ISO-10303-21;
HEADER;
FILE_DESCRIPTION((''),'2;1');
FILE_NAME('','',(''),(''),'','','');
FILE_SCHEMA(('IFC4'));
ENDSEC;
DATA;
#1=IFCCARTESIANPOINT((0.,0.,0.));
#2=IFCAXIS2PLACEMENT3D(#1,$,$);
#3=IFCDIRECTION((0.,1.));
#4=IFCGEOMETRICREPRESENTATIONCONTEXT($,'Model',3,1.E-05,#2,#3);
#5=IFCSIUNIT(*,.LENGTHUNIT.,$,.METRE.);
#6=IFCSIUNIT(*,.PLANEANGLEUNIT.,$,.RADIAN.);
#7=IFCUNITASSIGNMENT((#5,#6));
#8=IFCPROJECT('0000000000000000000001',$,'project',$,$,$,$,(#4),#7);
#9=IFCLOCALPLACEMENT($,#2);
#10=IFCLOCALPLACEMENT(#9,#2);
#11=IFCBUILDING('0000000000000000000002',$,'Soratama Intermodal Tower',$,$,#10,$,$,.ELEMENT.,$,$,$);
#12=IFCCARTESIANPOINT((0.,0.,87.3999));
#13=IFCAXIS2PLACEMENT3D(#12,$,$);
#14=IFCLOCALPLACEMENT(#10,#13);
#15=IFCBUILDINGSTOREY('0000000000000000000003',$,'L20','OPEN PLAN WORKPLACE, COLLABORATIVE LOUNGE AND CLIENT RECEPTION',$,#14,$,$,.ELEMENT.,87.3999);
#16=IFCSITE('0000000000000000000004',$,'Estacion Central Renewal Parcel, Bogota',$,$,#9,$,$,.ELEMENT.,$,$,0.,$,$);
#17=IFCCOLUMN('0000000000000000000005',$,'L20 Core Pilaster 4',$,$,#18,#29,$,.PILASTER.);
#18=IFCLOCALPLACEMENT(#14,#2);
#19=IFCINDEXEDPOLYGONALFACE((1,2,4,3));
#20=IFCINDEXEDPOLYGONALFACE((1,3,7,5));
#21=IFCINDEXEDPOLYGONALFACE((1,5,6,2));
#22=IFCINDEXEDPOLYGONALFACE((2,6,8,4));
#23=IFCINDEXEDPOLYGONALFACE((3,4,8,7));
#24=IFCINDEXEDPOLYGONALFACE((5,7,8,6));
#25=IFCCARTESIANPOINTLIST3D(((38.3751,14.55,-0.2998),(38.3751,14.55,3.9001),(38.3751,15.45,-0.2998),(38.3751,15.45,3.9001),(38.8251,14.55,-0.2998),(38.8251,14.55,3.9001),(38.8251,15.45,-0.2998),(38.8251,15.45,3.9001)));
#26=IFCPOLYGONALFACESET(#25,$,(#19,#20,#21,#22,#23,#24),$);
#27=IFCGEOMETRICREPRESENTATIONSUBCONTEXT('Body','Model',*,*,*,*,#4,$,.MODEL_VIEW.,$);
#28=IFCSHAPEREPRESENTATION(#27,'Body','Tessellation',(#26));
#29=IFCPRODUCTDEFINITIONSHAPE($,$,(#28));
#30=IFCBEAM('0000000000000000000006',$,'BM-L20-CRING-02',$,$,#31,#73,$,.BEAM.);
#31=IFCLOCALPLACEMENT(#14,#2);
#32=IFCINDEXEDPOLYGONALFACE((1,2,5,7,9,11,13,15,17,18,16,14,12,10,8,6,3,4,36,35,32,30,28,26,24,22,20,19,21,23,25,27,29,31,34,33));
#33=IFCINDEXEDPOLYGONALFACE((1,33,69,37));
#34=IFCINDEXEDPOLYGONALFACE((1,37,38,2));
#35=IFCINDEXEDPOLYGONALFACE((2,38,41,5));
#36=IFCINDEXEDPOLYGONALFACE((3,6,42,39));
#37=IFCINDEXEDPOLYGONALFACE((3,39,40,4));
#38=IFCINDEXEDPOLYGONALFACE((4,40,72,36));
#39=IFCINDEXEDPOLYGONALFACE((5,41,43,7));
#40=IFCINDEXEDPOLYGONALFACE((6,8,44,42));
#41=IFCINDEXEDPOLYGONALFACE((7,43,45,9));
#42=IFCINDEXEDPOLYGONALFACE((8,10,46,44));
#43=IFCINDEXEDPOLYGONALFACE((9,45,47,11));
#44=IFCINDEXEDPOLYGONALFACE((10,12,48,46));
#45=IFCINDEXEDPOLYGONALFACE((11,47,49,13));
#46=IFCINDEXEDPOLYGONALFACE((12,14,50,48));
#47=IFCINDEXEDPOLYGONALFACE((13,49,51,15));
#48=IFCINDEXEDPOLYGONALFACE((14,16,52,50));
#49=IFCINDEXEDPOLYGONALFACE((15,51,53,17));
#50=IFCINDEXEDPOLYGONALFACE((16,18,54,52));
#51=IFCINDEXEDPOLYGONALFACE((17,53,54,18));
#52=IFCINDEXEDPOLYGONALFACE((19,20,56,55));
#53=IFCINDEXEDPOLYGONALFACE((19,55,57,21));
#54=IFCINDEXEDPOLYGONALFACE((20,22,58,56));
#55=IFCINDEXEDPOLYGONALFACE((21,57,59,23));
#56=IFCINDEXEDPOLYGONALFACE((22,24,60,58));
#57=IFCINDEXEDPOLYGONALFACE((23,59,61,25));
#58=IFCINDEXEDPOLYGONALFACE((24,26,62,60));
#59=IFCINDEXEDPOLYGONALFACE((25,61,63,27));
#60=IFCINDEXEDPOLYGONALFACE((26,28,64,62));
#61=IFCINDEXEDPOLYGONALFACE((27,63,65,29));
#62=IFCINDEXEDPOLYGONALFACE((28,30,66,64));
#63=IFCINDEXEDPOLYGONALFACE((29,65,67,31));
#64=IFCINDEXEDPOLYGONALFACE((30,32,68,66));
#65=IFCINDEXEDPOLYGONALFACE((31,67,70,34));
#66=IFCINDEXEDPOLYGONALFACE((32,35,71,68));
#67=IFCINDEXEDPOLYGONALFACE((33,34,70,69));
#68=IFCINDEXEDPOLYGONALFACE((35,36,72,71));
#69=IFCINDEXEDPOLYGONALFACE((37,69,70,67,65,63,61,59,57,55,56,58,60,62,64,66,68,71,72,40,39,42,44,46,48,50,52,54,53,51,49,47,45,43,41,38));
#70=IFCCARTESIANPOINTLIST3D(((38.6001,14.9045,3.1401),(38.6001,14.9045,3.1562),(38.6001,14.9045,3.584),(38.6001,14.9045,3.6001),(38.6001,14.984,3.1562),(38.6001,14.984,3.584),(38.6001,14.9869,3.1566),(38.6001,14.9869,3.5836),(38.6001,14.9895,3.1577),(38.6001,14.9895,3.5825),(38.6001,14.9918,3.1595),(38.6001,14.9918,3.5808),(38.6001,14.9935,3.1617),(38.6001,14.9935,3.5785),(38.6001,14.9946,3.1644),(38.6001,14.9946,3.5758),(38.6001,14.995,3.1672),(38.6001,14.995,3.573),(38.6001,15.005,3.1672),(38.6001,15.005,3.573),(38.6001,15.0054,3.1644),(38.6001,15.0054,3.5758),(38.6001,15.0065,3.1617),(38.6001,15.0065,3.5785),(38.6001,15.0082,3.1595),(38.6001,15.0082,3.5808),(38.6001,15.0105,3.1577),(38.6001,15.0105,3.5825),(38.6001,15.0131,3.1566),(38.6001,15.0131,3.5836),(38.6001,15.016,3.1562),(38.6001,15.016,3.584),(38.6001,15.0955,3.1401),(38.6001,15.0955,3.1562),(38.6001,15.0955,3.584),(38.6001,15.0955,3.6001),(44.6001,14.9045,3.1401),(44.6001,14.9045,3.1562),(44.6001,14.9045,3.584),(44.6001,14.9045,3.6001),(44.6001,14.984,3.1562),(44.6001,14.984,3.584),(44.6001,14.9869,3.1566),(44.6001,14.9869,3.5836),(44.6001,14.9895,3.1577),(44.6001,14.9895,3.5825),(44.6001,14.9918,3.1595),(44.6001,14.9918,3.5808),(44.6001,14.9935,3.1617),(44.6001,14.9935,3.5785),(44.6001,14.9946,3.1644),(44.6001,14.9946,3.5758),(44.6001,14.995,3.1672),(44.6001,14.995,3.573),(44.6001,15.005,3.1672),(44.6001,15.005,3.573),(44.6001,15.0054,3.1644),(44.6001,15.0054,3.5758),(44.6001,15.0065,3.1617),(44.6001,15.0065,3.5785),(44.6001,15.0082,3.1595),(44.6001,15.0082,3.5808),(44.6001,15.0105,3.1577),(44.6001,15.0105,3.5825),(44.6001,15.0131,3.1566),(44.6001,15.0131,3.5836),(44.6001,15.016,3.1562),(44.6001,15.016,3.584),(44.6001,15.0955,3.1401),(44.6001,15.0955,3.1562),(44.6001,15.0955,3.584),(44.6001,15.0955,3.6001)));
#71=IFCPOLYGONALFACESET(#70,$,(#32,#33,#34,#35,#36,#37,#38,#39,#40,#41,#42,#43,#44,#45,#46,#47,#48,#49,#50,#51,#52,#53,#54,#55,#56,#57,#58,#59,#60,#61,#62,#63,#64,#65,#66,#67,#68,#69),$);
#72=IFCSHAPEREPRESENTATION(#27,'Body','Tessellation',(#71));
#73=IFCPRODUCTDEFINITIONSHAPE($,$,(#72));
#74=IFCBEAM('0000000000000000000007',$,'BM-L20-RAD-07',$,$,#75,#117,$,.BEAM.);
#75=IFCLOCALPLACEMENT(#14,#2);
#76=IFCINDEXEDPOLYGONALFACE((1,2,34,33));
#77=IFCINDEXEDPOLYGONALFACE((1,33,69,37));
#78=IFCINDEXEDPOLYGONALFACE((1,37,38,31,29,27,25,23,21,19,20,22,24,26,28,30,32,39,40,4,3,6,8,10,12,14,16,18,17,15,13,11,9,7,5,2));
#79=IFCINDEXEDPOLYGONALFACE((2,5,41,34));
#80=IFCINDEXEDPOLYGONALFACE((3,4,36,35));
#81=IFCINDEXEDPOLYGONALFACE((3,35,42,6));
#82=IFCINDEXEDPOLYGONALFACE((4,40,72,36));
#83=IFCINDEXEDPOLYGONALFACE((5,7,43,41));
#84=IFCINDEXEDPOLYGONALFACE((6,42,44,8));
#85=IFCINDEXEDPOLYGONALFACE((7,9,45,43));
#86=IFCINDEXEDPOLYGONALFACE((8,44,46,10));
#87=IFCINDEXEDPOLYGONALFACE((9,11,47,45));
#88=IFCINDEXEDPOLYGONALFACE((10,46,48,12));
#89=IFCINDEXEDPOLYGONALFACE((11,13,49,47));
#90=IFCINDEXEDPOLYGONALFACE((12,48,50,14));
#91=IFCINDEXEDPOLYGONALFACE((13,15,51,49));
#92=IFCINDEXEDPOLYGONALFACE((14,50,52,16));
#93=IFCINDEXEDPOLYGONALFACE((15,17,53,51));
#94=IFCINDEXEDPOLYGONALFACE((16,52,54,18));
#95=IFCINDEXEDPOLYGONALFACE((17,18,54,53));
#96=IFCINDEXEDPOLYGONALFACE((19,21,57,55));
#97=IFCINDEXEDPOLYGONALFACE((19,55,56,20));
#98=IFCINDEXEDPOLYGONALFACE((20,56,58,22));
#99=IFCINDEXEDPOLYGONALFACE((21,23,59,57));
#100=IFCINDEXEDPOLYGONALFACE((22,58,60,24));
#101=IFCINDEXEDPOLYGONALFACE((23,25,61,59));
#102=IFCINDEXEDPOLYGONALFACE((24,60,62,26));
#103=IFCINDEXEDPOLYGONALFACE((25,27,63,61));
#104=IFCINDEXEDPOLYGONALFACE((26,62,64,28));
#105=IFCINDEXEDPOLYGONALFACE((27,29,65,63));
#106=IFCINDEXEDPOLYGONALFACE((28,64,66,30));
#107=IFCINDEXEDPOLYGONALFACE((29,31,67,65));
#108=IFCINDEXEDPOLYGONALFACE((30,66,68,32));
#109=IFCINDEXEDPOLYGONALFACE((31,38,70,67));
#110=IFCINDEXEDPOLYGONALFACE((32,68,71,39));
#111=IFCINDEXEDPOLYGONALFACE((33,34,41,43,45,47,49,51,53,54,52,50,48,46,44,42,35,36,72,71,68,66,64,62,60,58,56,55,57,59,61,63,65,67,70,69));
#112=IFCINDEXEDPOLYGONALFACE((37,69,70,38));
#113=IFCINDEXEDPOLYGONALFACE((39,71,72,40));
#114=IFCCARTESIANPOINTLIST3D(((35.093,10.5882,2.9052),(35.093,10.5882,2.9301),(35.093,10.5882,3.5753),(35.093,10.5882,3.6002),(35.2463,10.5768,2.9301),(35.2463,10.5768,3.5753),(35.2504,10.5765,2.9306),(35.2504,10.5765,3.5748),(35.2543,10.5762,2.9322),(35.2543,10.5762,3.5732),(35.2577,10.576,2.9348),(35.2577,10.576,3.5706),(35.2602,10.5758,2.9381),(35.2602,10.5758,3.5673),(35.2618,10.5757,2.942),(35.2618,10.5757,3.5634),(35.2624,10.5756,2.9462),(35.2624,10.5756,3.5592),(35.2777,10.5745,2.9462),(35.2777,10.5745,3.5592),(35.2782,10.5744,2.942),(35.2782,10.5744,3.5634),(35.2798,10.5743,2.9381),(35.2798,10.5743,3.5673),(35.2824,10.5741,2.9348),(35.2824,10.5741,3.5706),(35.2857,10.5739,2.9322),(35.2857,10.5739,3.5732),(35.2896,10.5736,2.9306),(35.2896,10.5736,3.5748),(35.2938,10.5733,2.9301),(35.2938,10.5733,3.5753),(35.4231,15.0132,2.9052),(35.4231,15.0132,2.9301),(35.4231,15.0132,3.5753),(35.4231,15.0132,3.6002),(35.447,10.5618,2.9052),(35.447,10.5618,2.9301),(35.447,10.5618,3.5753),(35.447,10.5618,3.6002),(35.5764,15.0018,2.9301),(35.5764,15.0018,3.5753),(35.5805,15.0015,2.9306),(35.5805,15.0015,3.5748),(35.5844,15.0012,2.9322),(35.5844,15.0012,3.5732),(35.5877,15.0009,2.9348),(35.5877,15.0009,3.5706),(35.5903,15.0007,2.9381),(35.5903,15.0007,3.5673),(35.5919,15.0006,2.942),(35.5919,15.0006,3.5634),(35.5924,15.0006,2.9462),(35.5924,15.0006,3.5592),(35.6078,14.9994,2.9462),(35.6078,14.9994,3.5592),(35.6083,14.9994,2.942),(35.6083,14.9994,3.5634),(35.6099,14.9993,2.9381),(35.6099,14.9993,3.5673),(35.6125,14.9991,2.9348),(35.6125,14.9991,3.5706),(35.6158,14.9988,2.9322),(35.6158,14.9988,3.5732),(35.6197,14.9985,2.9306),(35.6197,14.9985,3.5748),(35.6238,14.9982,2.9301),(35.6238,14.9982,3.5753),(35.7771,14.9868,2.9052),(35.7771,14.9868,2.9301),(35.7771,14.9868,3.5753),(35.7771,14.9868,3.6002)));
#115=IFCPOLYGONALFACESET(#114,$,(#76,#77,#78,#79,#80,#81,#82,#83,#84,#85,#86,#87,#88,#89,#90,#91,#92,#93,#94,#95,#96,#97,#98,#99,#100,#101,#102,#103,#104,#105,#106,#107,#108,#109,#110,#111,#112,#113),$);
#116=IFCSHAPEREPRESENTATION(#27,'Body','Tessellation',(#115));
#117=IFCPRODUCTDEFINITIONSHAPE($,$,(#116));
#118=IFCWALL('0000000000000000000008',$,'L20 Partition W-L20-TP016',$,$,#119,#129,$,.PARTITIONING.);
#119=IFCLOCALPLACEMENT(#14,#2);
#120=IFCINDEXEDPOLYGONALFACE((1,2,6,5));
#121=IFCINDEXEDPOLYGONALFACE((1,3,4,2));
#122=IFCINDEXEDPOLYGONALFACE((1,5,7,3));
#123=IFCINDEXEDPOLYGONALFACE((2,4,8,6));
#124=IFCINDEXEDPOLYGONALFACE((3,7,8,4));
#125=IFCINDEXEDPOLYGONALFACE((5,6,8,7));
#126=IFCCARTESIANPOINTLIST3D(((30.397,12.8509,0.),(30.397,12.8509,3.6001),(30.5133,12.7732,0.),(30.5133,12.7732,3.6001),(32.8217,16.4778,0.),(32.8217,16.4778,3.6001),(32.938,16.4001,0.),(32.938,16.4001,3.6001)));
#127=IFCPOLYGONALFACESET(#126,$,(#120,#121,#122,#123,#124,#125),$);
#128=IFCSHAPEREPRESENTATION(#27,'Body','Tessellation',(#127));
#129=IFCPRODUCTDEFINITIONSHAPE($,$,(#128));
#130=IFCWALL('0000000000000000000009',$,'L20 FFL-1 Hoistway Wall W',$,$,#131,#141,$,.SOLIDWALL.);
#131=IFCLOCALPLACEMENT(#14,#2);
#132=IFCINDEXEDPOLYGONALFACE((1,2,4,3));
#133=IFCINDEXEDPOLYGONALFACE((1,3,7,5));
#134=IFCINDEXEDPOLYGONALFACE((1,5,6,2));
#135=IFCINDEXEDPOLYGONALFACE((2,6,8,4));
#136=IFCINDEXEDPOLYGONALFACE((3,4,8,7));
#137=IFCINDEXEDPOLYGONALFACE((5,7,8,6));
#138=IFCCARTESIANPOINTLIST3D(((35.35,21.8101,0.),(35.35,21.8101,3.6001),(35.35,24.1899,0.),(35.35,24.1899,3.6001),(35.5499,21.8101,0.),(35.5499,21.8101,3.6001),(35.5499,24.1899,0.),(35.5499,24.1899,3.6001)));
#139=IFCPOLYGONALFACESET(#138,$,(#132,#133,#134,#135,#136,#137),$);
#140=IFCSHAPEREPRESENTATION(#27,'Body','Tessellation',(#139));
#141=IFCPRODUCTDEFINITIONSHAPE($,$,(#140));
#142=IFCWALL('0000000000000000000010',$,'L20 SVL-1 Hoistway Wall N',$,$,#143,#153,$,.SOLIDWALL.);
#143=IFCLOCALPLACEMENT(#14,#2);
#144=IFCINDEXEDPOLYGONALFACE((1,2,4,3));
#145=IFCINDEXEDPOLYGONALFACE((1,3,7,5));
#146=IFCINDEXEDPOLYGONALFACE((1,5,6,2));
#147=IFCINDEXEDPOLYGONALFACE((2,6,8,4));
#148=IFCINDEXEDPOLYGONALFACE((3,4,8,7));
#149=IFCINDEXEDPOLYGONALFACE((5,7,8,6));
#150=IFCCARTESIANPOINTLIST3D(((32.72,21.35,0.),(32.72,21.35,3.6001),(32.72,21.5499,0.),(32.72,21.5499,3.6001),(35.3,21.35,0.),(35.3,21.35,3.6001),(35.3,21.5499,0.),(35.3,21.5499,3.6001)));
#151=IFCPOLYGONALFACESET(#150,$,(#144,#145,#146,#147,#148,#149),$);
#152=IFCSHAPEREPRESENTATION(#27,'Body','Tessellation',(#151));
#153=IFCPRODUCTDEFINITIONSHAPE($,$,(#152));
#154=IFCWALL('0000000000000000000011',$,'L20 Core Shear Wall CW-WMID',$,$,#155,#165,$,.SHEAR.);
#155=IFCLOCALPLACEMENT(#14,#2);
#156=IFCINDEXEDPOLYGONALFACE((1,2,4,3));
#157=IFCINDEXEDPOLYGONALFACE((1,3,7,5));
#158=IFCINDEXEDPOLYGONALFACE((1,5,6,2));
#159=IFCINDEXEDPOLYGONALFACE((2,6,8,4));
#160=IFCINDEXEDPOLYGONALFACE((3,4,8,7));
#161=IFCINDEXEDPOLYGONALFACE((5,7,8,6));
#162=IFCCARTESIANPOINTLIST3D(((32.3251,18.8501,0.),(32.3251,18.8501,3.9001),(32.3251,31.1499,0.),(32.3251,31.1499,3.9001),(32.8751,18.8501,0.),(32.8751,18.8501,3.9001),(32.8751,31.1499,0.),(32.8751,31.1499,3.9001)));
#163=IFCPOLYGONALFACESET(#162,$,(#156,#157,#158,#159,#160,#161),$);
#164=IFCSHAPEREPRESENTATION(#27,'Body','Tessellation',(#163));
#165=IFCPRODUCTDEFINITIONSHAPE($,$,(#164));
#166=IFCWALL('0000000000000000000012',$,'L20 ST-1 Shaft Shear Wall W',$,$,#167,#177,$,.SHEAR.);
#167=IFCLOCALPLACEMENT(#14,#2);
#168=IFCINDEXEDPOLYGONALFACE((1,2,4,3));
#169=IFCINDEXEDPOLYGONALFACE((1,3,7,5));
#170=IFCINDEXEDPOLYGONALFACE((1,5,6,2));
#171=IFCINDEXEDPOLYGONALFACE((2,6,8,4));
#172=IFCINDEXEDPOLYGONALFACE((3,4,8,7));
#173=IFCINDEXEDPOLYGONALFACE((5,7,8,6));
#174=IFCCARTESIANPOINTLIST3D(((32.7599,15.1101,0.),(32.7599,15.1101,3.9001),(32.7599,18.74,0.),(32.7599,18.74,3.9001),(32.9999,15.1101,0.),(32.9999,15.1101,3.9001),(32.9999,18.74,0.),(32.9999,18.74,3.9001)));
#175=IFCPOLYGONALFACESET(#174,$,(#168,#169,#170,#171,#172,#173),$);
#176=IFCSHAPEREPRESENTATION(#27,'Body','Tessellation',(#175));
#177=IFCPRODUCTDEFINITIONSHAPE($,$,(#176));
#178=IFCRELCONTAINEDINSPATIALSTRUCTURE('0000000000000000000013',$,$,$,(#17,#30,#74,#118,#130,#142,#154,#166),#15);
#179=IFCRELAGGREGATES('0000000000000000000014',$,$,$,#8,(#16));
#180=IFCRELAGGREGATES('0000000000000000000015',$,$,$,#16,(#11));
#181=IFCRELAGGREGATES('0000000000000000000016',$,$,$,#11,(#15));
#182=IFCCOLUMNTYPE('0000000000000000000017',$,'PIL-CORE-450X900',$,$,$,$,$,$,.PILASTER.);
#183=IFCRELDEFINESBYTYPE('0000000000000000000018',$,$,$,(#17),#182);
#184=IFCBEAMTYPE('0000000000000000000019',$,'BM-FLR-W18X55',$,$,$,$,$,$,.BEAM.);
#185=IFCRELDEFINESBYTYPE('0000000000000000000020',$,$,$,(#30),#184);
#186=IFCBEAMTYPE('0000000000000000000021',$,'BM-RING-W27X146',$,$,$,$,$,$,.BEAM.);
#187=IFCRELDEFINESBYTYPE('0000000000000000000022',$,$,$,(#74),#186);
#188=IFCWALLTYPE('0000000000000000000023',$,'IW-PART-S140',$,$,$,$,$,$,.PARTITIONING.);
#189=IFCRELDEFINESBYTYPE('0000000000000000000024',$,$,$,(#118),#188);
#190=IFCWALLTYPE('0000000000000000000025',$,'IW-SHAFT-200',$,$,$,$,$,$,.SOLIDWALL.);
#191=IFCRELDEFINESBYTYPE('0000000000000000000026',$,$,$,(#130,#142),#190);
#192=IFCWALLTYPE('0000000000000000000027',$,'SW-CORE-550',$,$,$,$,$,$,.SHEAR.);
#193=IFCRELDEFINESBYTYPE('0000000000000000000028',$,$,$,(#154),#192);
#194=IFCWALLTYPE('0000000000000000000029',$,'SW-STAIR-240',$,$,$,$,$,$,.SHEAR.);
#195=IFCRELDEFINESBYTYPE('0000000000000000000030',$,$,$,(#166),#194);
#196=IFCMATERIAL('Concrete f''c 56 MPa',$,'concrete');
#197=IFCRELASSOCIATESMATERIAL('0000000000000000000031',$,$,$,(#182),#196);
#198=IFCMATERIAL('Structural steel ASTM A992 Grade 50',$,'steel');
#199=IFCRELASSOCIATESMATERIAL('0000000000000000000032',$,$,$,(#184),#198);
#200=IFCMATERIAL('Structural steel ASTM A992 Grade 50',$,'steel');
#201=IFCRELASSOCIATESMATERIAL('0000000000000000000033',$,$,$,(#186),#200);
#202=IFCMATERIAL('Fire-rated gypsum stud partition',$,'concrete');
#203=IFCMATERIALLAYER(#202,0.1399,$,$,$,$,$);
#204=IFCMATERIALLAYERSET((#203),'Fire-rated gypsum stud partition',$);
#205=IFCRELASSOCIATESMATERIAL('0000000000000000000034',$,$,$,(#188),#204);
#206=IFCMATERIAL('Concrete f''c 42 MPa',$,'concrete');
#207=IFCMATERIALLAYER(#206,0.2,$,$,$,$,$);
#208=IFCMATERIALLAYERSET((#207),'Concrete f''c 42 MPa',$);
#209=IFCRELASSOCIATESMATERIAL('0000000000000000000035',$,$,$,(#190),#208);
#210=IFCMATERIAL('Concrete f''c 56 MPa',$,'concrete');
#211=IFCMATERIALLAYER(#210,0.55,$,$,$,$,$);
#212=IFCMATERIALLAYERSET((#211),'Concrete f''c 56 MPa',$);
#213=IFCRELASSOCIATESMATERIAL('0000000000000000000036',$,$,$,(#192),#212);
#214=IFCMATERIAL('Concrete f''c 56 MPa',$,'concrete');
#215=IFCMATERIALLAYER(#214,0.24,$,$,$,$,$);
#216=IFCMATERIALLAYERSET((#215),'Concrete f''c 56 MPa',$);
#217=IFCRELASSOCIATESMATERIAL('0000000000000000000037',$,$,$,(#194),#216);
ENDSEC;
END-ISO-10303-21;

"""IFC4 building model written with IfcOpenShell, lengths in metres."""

from ifc_helpers import new_model, si_unit, direction, frame, frame_2d, origin, origin_2d, place, context, subcontext, project, spatial, rectangle, i_section, extrude, material, layer, layer_set, material_profile, profile_set, type_object, element, save


model = new_model("IFC4")

# Units and contexts
model_context = context("Model", 3, precision=1e-05, world=origin(), true_north=direction((0.0, 1.0)))
body_context = subcontext(model_context, "Body", "Model", "MODEL_VIEW")
ifc_project = project(units=[si_unit("LENGTHUNIT", "METRE"), si_unit("PLANEANGLEUNIT", "RADIAN")], contexts=[model_context])

# Site, building, storey
site_placement = place(None, origin())
site = spatial("IfcSite", under=ifc_project, at=site_placement, Name="Estacion Central Renewal Parcel, Bogota", CompositionType="ELEMENT", RefElevation=0.0)
building_placement = place(site_placement, origin())
building = spatial("IfcBuilding", under=site, at=building_placement, Name="Soratama Intermodal Tower", CompositionType="ELEMENT")
storey_placement = place(building_placement, frame((0.0, 0.0, 87.3999)))
storey = spatial("IfcBuildingStorey", under=building, at=storey_placement, Name="L20", Description="OPEN PLAN WORKPLACE, COLLABORATIVE LOUNGE AND CLIENT RECEPTION", CompositionType="ELEMENT", Elevation=87.3999)

# Column
ifc_material_1 = material(Name="Concrete f'c 56 MPa", Category="concrete")
ifc_material_profile_1 = material_profile(ifc_material_1, rectangle(XDim=0.45, YDim=0.8999, at=origin_2d()), Name="RC450X900")
ifc_profile_set_1 = profile_set([ifc_material_profile_1], Name="Concrete f'c 56 MPa")
column_type = type_object("IfcColumnType", Name="PIL-CORE-450X900", PredefinedType="PILASTER", material=ifc_profile_set_1)
column_placement = place(storey_placement, frame((38.6001, 15.0, -0.2998), z_axis=(0.0, 0.0, 1.0), x_axis=(1.0, 0.0, 0.0)))
element("IfcColumn", 1, at=column_placement, inside=storey, type_object=column_type, Name="L20 Core Pilaster 4", PredefinedType="PILASTER", context=body_context, shape_type="SweptSolid", body=[
    extrude(rectangle(XDim=0.45, YDim=0.8999, at=origin_2d()), origin(), (0.0, 0.0, 1.0), 4.2),
])

# Beams
ifc_material_2 = material(Name="Structural steel ASTM A992 Grade 50", Category="steel")
ifc_material_profile_2 = material_profile(ifc_material_2, i_section(OverallWidth=0.1909, OverallDepth=0.46, WebThickness=0.01, FlangeThickness=0.0161, FilletRadius=0.011, at=origin_2d()), Name="W18X55")
ifc_profile_set_2 = profile_set([ifc_material_profile_2], Name="Structural steel ASTM A992 Grade 50")
beam_type_1 = type_object("IfcBeamType", Name="BM-FLR-W18X55", PredefinedType="BEAM", material=ifc_profile_set_2)
beam_1_placement = place(storey_placement, frame((38.6001, 15.0, 3.3701), z_axis=(1.0, 0.0, 0.0), x_axis=(0.0, 1.0, 0.0)))
element("IfcBeam", 2, at=beam_1_placement, inside=storey, type_object=beam_type_1, Name="BM-L20-CRING-02", PredefinedType="BEAM", context=body_context, shape_type="SweptSolid", body=[
    extrude(i_section(OverallWidth=0.1909, OverallDepth=0.46, WebThickness=0.01, FlangeThickness=0.0161, FilletRadius=0.011, at=origin_2d()), origin(), (0.0, 0.0, 1.0), 6.0),
])
ifc_material_3 = material(Name="Structural steel ASTM A992 Grade 50", Category="steel")
ifc_material_profile_3 = material_profile(ifc_material_3, i_section(OverallWidth=0.355, OverallDepth=0.6951, WebThickness=0.0154, FlangeThickness=0.0249, FilletRadius=0.0161, at=origin_2d()), Name="W27X146")
ifc_profile_set_3 = profile_set([ifc_material_profile_3], Name="Structural steel ASTM A992 Grade 50")
beam_type_2 = type_object("IfcBeamType", Name="BM-RING-W27X146", PredefinedType="BEAM", material=ifc_profile_set_3)
beam_2_placement = place(storey_placement, frame((35.6001, 15.0, 3.2527), z_axis=(-0.074386, -0.997229, 0.0), x_axis=(0.997229, -0.074386, 0.0)))
element("IfcBeam", 3, at=beam_2_placement, inside=storey, type_object=beam_type_2, Name="BM-L20-RAD-07", PredefinedType="BEAM", context=body_context, shape_type="SweptSolid", body=[
    extrude(i_section(OverallWidth=0.355, OverallDepth=0.6951, WebThickness=0.0154, FlangeThickness=0.0249, FilletRadius=0.0161, at=origin_2d()), origin(), (0.0, 0.0, 1.0), 4.4373),
])

# Wall
ifc_material_4 = material(Name="Fire-rated gypsum stud partition", Category="concrete")
ifc_layer_1 = layer(ifc_material_4, 0.1399)
ifc_layer_set_1 = layer_set([ifc_layer_1], Name="Fire-rated gypsum stud partition")
wall_type_1 = type_object("IfcWallType", Name="IW-PART-S140", PredefinedType="PARTITIONING", material=ifc_layer_set_1)
wall_1_placement = place(storey_placement, frame((32.8799, 16.439, 0.0), z_axis=(0.0, 0.0, 1.0), x_axis=(-0.555784, -0.831326, 0.0)))
element("IfcWall", 4, at=wall_1_placement, inside=storey, type_object=wall_type_1, Name="L20 Partition W-L20-TP016", PredefinedType="PARTITIONING", context=body_context, shape_type="SweptSolid", body=[
    extrude(rectangle(XDim=4.3628, YDim=0.1399, at=frame_2d((2.1814, 0.0))), origin(), (0.0, 0.0, 1.0), 3.6001),
])

# Shared definitions
ifc_material_5 = material(Name="Concrete f'c 42 MPa", Category="concrete")
ifc_layer_2 = layer(ifc_material_5, 0.2)
ifc_layer_set_2 = layer_set([ifc_layer_2], Name="Concrete f'c 42 MPa")
wall_type_2 = type_object("IfcWallType", Name="IW-SHAFT-200", PredefinedType="SOLIDWALL", material=ifc_layer_set_2)

# Wall
wall_2_placement = place(storey_placement, frame((35.45, 21.8101, 0.0), z_axis=(0.0, 0.0, 1.0), x_axis=(0.0, 1.0, 0.0)))
element("IfcWall", 5, at=wall_2_placement, inside=storey, type_object=wall_type_2, Name="L20 FFL-1 Hoistway Wall W", PredefinedType="SOLIDWALL", context=body_context, shape_type="SweptSolid", body=[
    extrude(rectangle(XDim=2.3799, YDim=0.2, at=frame_2d((1.1899, 0.0))), origin(), (0.0, 0.0, 1.0), 3.6001),
])

# Wall
wall_3_placement = place(storey_placement, frame((32.72, 21.45, 0.0), z_axis=(0.0, 0.0, 1.0), x_axis=(1.0, 0.0, 0.0)))
element("IfcWall", 6, at=wall_3_placement, inside=storey, type_object=wall_type_2, Name="L20 SVL-1 Hoistway Wall N", PredefinedType="SOLIDWALL", context=body_context, shape_type="SweptSolid", body=[
    extrude(rectangle(XDim=2.5801, YDim=0.2, at=frame_2d((1.29, 0.0))), origin(), (0.0, 0.0, 1.0), 3.6001),
])

# Walls
ifc_material_6 = material(Name="Concrete f'c 56 MPa", Category="concrete")
ifc_layer_3 = layer(ifc_material_6, 0.55)
ifc_layer_set_3 = layer_set([ifc_layer_3], Name="Concrete f'c 56 MPa")
wall_type_3 = type_object("IfcWallType", Name="SW-CORE-550", PredefinedType="SHEAR", material=ifc_layer_set_3)
wall_4_placement = place(storey_placement, frame((32.6001, 18.8501, 0.0), z_axis=(0.0, 0.0, 1.0), x_axis=(0.0, 1.0, 0.0)))
element("IfcWall", 7, at=wall_4_placement, inside=storey, type_object=wall_type_3, Name="L20 Core Shear Wall CW-WMID", PredefinedType="SHEAR", context=body_context, shape_type="SweptSolid", body=[
    extrude(rectangle(XDim=12.2998, YDim=0.55, at=frame_2d((6.1499, 0.0))), origin(), (0.0, 0.0, 1.0), 3.9001),
])
ifc_material_7 = material(Name="Concrete f'c 56 MPa", Category="concrete")
ifc_layer_4 = layer(ifc_material_7, 0.24)
ifc_layer_set_4 = layer_set([ifc_layer_4], Name="Concrete f'c 56 MPa")
wall_type_4 = type_object("IfcWallType", Name="SW-STAIR-240", PredefinedType="SHEAR", material=ifc_layer_set_4)
wall_5_placement = place(storey_placement, frame((32.8799, 15.1101, 0.0), z_axis=(0.0, 0.0, 1.0), x_axis=(0.0, 1.0, 0.0)))
element("IfcWall", 8, at=wall_5_placement, inside=storey, type_object=wall_type_4, Name="L20 ST-1 Shaft Shear Wall W", PredefinedType="SHEAR", context=body_context, shape_type="SweptSolid", body=[
    extrude(rectangle(XDim=3.6299, YDim=0.24, at=frame_2d((1.8149, 0.0))), origin(), (0.0, 0.0, 1.0), 3.9001),
])

save(model, "model.ifc")
